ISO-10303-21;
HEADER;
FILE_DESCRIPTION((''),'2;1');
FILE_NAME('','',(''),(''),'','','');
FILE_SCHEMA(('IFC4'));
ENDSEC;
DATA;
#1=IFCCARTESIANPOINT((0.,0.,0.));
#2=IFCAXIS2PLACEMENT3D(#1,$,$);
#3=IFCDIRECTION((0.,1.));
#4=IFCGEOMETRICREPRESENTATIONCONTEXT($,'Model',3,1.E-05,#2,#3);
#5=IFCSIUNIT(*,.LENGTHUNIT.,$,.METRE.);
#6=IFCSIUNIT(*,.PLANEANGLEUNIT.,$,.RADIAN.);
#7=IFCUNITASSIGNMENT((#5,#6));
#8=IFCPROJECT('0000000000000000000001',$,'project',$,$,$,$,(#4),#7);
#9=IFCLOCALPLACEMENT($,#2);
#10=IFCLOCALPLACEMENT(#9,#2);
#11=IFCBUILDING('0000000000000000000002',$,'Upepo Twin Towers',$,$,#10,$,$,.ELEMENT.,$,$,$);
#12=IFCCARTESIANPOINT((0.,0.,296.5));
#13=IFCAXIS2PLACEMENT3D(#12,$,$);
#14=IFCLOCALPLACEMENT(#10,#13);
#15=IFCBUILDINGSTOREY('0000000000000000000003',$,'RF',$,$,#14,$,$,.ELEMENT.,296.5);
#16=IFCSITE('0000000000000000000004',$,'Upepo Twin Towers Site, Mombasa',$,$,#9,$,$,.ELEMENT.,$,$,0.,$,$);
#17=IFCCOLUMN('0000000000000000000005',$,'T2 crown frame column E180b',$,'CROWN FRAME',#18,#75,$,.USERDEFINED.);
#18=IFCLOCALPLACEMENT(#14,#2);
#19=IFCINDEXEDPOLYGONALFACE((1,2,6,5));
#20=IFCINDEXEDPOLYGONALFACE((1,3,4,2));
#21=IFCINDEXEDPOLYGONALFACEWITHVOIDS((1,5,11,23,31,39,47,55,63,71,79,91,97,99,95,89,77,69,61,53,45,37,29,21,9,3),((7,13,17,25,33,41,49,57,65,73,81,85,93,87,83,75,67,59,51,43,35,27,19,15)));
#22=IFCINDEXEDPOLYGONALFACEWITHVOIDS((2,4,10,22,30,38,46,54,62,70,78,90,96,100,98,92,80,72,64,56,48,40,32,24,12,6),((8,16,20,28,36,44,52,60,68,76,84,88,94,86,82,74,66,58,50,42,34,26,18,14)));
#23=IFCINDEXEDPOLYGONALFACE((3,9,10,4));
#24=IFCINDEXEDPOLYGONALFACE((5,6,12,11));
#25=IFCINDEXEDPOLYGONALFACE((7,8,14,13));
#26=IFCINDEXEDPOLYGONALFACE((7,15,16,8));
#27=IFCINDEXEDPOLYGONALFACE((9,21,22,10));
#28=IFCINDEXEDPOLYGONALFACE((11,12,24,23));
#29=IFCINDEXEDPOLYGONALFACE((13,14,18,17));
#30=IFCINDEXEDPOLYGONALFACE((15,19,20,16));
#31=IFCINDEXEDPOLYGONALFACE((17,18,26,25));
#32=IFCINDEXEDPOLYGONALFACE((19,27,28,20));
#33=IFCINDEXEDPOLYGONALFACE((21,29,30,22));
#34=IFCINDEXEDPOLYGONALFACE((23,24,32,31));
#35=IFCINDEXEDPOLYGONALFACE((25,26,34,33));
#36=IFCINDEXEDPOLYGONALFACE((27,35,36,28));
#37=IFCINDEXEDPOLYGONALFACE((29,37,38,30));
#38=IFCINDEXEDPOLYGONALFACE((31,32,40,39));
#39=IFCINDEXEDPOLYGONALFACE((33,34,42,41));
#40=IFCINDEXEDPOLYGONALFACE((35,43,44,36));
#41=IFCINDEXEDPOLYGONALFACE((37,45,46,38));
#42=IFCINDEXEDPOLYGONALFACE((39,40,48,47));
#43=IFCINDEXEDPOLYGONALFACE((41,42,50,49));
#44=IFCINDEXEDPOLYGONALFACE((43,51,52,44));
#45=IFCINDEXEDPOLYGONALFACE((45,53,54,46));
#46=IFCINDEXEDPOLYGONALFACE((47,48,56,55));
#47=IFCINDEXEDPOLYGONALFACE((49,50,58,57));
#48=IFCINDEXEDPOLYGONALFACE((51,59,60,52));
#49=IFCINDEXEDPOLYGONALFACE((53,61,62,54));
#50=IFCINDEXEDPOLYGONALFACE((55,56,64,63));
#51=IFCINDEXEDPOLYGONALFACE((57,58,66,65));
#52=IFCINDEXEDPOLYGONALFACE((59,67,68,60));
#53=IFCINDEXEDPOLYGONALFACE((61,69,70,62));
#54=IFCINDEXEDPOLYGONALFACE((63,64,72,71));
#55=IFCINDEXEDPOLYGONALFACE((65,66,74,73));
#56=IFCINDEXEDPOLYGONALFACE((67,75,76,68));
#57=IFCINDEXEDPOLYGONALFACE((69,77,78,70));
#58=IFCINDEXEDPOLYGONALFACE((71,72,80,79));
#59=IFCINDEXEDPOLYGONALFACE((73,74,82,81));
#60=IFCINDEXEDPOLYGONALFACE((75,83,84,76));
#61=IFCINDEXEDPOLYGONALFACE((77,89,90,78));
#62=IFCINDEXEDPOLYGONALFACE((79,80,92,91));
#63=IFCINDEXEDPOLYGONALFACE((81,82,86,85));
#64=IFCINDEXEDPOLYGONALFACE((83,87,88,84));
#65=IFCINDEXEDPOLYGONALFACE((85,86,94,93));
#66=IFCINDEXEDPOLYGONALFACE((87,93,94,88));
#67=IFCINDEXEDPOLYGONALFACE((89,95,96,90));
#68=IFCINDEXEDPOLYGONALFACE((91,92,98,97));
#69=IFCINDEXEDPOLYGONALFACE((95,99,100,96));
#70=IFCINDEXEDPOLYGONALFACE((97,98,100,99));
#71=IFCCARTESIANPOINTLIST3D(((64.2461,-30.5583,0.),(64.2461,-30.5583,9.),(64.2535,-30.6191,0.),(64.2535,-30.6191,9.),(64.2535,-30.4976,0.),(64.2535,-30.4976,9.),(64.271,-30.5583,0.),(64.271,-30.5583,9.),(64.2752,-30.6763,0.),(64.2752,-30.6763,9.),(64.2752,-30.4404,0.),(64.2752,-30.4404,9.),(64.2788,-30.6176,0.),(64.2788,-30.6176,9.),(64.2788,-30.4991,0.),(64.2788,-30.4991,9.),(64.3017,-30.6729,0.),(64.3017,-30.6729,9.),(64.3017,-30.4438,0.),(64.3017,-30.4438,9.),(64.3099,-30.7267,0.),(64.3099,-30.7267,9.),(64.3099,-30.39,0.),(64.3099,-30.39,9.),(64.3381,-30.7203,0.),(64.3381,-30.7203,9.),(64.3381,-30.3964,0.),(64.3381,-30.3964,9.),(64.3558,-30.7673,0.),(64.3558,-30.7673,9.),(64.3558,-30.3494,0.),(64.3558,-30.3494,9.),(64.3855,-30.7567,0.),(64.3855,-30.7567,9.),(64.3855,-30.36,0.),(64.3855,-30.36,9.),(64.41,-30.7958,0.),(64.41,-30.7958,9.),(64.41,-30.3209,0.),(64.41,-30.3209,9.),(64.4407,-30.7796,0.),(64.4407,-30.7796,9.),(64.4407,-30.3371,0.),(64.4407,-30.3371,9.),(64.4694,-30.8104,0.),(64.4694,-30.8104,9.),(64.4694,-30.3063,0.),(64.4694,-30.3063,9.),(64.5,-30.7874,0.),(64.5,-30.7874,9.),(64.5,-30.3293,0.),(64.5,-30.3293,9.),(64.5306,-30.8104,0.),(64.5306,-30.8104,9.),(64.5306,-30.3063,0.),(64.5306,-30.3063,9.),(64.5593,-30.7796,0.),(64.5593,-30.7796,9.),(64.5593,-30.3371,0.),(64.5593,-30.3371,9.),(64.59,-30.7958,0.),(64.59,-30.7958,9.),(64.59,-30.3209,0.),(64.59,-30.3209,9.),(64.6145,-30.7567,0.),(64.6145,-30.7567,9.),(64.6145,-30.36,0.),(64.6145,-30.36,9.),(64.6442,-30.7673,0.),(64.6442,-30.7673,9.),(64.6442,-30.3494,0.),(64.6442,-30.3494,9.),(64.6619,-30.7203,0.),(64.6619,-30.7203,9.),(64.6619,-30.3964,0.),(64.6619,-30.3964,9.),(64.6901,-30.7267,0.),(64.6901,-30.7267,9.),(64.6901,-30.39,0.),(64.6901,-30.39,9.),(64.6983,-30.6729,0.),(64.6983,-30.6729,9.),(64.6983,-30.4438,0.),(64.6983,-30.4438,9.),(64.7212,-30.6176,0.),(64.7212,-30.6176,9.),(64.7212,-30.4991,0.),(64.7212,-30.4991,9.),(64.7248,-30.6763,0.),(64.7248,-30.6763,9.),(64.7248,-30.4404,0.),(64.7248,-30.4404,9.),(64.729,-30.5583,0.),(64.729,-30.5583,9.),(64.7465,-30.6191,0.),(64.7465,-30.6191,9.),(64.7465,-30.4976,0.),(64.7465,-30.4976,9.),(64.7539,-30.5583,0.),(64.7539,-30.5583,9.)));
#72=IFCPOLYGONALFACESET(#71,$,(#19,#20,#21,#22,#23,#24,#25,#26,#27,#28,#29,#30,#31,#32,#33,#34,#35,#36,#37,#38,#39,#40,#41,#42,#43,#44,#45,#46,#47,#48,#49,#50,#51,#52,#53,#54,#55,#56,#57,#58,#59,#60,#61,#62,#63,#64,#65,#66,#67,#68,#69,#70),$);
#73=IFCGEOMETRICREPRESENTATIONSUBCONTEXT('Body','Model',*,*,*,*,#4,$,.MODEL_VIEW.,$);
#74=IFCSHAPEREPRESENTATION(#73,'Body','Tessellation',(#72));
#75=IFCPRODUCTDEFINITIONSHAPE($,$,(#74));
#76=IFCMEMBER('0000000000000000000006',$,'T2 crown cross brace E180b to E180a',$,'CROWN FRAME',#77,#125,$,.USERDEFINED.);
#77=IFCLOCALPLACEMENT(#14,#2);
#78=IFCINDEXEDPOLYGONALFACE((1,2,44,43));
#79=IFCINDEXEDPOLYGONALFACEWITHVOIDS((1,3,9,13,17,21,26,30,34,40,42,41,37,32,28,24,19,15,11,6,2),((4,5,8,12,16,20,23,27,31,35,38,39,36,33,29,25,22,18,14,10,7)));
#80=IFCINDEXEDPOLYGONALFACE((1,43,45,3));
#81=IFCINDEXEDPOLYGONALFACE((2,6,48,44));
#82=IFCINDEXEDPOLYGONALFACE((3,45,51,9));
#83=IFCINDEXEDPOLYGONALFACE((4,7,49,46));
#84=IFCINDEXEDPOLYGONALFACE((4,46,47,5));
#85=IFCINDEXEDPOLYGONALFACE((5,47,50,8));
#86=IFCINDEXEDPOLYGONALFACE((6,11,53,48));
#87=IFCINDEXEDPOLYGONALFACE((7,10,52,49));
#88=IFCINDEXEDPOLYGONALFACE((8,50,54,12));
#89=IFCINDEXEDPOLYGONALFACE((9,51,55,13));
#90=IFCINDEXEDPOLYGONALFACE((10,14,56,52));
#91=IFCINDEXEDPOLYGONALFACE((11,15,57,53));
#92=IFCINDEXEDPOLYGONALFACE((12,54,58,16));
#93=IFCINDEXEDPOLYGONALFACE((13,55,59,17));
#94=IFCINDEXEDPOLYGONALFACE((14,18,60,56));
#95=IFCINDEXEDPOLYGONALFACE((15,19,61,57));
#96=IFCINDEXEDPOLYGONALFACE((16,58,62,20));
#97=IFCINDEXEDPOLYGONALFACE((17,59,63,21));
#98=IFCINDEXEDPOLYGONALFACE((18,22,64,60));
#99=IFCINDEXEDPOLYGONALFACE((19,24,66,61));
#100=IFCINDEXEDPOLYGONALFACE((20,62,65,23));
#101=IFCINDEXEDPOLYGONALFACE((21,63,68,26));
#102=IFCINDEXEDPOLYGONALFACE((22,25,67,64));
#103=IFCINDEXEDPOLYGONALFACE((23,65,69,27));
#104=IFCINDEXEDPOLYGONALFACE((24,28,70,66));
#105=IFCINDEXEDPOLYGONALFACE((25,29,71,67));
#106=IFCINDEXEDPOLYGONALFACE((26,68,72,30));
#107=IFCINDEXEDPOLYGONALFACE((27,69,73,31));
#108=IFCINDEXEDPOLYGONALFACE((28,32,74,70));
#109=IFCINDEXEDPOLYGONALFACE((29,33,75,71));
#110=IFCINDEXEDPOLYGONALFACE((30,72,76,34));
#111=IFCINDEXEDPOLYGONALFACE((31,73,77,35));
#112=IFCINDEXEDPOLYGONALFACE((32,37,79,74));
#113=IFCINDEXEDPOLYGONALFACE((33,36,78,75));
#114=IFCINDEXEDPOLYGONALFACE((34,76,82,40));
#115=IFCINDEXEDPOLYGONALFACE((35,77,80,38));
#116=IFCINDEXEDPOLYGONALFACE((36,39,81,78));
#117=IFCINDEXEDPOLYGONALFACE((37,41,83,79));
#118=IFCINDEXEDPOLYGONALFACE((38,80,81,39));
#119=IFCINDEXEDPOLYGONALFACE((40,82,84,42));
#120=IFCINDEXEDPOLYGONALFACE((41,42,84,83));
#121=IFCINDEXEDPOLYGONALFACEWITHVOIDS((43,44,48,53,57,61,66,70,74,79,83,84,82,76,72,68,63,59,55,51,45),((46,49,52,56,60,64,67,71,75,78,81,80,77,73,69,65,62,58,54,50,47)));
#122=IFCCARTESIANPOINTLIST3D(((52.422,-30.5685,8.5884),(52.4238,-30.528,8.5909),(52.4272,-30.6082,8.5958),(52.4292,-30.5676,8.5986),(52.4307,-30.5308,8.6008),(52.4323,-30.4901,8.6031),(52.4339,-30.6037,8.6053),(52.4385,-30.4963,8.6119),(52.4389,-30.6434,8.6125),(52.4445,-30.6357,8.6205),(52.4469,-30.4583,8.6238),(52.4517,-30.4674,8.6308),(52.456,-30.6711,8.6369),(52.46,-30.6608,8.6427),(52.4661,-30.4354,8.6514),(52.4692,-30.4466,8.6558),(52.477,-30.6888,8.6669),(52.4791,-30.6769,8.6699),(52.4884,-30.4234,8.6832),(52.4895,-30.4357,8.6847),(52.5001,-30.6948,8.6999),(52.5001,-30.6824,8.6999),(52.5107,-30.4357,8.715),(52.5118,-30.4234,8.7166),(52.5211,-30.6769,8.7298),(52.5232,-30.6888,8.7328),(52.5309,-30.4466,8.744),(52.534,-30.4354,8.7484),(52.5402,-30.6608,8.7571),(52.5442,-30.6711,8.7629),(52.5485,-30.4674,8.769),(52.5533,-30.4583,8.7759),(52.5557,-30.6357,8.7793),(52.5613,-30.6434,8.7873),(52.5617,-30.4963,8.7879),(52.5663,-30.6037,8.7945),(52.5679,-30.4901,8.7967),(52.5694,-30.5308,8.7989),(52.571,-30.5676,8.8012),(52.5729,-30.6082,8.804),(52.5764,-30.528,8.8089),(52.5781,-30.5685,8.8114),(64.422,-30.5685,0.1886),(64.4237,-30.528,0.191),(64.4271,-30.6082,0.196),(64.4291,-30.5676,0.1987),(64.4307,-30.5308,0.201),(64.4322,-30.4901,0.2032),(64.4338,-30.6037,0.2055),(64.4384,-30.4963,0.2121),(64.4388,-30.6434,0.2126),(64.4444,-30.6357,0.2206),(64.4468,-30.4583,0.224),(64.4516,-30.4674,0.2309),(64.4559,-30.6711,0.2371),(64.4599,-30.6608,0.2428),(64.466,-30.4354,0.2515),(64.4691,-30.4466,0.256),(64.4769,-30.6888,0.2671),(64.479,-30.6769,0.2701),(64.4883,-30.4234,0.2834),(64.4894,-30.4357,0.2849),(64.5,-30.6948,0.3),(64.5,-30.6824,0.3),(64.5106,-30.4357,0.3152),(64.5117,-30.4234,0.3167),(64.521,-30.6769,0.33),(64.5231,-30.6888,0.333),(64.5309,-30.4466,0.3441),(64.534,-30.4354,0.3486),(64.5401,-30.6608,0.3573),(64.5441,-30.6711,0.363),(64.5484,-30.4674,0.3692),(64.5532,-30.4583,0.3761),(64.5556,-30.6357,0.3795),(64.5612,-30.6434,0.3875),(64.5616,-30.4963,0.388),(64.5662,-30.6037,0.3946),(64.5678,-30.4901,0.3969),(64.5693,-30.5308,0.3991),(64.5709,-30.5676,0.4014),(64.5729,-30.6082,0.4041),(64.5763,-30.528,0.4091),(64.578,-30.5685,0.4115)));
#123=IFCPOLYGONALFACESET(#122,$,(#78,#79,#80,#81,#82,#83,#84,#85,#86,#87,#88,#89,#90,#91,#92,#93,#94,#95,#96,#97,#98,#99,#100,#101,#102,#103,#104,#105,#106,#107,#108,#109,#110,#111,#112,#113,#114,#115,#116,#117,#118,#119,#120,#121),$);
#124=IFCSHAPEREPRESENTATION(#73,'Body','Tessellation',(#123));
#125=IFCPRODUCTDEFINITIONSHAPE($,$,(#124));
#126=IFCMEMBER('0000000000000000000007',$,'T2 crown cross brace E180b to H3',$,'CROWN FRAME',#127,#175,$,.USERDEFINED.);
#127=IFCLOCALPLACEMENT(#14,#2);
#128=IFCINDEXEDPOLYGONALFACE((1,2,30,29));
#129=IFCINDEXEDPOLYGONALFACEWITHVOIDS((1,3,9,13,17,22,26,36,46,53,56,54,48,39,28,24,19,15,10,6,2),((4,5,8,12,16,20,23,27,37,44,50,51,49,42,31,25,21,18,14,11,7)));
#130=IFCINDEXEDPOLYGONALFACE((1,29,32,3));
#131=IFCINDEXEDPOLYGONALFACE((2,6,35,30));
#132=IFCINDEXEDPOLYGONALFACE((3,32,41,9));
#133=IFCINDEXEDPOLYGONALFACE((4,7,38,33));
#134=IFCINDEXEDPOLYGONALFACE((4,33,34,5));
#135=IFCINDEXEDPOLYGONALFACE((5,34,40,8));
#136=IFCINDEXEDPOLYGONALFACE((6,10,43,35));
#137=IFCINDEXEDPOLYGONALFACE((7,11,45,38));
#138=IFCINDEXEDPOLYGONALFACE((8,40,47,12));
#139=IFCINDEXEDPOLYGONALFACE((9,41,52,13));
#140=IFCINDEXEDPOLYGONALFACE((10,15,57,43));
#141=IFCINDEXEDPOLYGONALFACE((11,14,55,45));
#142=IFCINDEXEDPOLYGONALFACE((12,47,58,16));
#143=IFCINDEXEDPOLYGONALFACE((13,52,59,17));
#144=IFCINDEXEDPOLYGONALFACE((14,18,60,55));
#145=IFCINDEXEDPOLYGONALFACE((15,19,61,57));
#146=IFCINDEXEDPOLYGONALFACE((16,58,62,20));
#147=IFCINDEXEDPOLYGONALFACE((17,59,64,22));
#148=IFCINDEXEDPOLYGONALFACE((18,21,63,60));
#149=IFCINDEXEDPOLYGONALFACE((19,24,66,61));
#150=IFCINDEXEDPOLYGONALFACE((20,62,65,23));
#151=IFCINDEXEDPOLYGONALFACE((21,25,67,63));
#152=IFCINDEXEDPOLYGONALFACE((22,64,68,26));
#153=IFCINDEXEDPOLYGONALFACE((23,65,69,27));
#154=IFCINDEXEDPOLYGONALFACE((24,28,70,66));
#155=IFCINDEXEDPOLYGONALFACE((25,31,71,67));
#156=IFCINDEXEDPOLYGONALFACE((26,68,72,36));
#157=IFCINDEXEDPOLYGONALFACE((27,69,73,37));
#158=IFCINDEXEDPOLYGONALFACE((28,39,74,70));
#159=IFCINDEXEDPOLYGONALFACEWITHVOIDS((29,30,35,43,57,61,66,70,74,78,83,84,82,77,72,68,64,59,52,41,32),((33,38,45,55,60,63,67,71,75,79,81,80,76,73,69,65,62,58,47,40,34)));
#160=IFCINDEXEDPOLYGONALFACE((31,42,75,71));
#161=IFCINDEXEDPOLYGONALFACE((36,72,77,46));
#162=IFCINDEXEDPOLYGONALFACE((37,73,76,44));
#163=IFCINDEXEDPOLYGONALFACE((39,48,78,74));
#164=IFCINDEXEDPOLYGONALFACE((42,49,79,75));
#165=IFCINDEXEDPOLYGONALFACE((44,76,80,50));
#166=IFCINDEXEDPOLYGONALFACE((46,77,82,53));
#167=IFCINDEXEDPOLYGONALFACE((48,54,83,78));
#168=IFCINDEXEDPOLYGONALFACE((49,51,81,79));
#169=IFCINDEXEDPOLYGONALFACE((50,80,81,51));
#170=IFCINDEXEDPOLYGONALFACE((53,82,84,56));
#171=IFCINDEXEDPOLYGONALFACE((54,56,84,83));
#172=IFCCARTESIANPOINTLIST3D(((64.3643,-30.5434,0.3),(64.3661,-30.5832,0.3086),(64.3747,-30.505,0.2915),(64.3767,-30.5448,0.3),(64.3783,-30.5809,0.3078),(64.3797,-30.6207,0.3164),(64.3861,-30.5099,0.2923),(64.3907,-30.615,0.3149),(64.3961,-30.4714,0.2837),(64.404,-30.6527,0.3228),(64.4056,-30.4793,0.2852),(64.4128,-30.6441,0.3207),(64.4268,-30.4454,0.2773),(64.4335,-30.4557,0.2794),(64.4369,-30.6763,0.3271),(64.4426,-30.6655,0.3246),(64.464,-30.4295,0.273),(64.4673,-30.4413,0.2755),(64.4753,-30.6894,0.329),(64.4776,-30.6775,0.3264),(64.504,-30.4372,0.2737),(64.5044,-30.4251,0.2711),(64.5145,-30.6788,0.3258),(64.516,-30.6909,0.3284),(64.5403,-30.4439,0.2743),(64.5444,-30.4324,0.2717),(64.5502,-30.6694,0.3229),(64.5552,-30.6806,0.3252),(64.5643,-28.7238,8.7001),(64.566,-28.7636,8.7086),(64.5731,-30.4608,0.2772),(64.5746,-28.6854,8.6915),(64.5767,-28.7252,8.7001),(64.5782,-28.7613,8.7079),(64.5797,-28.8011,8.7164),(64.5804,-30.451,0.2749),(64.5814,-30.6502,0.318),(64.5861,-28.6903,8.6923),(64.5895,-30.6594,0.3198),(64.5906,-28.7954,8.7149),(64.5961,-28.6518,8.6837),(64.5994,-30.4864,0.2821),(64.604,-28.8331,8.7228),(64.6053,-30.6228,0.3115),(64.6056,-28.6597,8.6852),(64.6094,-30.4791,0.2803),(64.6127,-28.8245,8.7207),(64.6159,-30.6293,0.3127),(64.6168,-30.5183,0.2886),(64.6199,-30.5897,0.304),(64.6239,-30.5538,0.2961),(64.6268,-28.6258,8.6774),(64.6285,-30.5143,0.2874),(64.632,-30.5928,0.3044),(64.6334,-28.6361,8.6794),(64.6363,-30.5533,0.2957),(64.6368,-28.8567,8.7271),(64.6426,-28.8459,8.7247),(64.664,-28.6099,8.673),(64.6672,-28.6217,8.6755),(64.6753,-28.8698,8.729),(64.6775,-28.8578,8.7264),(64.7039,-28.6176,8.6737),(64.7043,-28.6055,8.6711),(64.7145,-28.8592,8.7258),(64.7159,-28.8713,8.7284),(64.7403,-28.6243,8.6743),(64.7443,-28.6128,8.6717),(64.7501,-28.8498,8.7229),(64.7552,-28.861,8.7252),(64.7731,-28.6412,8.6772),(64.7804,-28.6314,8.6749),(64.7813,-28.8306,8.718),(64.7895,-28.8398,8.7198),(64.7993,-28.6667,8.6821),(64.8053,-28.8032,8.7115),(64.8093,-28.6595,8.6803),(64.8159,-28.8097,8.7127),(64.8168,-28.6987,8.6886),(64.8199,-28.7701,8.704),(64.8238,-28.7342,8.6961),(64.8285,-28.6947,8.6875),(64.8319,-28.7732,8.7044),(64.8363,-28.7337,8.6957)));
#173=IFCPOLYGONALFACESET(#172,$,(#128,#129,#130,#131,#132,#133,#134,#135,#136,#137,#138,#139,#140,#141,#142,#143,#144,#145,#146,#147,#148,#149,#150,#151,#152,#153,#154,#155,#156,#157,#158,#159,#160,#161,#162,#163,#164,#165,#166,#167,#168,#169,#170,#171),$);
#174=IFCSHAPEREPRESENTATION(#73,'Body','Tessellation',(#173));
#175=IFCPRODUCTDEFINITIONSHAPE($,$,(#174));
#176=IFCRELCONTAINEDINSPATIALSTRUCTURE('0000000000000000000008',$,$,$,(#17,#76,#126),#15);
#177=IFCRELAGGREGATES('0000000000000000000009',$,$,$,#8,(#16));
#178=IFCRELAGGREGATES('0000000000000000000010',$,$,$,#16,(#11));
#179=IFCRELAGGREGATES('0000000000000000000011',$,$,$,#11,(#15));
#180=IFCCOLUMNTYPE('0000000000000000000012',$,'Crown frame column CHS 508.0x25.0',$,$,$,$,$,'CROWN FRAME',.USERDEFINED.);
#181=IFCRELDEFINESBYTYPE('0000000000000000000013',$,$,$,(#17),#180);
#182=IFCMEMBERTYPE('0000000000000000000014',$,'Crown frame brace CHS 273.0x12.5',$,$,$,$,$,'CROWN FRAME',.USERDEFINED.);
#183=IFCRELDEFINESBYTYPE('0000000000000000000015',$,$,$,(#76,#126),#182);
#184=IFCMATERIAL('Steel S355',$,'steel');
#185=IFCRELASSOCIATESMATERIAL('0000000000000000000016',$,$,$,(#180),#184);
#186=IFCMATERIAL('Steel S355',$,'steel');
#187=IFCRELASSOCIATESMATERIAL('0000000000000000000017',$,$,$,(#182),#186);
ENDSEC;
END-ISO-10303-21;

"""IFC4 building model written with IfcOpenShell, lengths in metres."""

from ifc_helpers import new_model, si_unit, direction, frame, origin, origin_2d, place, context, subcontext, project, spatial, hollow_circle, extrude, material, material_profile, profile_set, type_object, element, save


model = new_model("IFC4")

# Units and contexts
model_context = context("Model", 3, precision=1e-05, world=origin(), true_north=direction((0.0, 1.0)))
body_context = subcontext(model_context, "Body", "Model", "MODEL_VIEW")
ifc_project = project(units=[si_unit("LENGTHUNIT", "METRE"), si_unit("PLANEANGLEUNIT", "RADIAN")], contexts=[model_context])

# Site, building, storey
site_placement = place(None, origin())
site = spatial("IfcSite", under=ifc_project, at=site_placement, Name="Upepo Twin Towers Site, Mombasa", CompositionType="ELEMENT", RefElevation=0.0)
building_placement = place(site_placement, origin())
building = spatial("IfcBuilding", under=site, at=building_placement, Name="Upepo Twin Towers", CompositionType="ELEMENT")
storey_placement = place(building_placement, frame((0.0, 0.0, 296.5)))
storey = spatial("IfcBuildingStorey", under=building, at=storey_placement, Name="RF", CompositionType="ELEMENT", Elevation=296.5)

# Column
ifc_material_1 = material(Name="Steel S355", Category="steel")
ifc_material_profile_1 = material_profile(ifc_material_1, hollow_circle(Radius=0.2539, WallThickness=0.0249, at=origin_2d()), Name="CHS 508.0x25.0")
ifc_profile_set_1 = profile_set([ifc_material_profile_1], Name="Steel S355")
column_type = type_object("IfcColumnType", Name="Crown frame column CHS 508.0x25.0", ElementType="CROWN FRAME", PredefinedType="USERDEFINED", material=ifc_profile_set_1)
column_placement = place(storey_placement, frame((64.5, -30.5583, 0.0), z_axis=(0.0, 0.0, 1.0), x_axis=(1.0, 0.0, 0.0)))
element("IfcColumn", 1, at=column_placement, inside=storey, type_object=column_type, Name="T2 crown frame column E180b", ObjectType="CROWN FRAME", PredefinedType="USERDEFINED", context=body_context, shape_type="SweptSolid", body=[
    extrude(hollow_circle(Radius=0.2539, WallThickness=0.0249, at=origin_2d()), origin(), (0.0, 0.0, 1.0), 9.0),
])

# Members
ifc_material_2 = material(Name="Steel S355", Category="steel")
ifc_material_profile_2 = material_profile(ifc_material_2, hollow_circle(Radius=0.1365, WallThickness=0.0125, at=origin_2d()), Name="CHS 273.0x12.5")
ifc_profile_set_2 = profile_set([ifc_material_profile_2], Name="Steel S355")
member_type_1 = type_object("IfcMemberType", Name="Crown frame brace CHS 273.0x12.5", ElementType="CROWN FRAME", PredefinedType="USERDEFINED", material=ifc_profile_set_2)
member_1_placement = place(storey_placement, frame((64.5, -30.5583, 0.3), z_axis=(-0.819235, 0.0, 0.573458), x_axis=(0.0, -1.0, 0.0)))
element("IfcMember", 2, at=member_1_placement, inside=storey, type_object=member_type_1, Name="T2 crown cross brace E180b to E180a", ObjectType="CROWN FRAME", PredefinedType="USERDEFINED", context=body_context, shape_type="SweptSolid", body=[
    extrude(hollow_circle(Radius=0.1365, WallThickness=0.0125, at=origin_2d()), origin(), (0.0, 0.0, 1.0), 14.6477),
])
for number, where, z_axis, x_axis, name in (
    (3, (64.5, -30.5583, 0.3), (0.023258, 0.211652, 0.977068), (-0.994016, 0.109231, 0.0), "T2 crown cross brace E180b to H3"),
):
    element("IfcMember", number, at=place(storey_placement, frame(where, z_axis=z_axis, x_axis=x_axis)), inside=storey, type_object=member_type_1, Name=name, ObjectType="CROWN FRAME", PredefinedType="USERDEFINED", context=body_context, shape_type="SweptSolid", body=[
        extrude(hollow_circle(Radius=0.1365, WallThickness=0.0125, at=origin_2d()), origin(), (0.0, 0.0, 1.0), 8.5972),
    ])

save(model, "model.ifc")
